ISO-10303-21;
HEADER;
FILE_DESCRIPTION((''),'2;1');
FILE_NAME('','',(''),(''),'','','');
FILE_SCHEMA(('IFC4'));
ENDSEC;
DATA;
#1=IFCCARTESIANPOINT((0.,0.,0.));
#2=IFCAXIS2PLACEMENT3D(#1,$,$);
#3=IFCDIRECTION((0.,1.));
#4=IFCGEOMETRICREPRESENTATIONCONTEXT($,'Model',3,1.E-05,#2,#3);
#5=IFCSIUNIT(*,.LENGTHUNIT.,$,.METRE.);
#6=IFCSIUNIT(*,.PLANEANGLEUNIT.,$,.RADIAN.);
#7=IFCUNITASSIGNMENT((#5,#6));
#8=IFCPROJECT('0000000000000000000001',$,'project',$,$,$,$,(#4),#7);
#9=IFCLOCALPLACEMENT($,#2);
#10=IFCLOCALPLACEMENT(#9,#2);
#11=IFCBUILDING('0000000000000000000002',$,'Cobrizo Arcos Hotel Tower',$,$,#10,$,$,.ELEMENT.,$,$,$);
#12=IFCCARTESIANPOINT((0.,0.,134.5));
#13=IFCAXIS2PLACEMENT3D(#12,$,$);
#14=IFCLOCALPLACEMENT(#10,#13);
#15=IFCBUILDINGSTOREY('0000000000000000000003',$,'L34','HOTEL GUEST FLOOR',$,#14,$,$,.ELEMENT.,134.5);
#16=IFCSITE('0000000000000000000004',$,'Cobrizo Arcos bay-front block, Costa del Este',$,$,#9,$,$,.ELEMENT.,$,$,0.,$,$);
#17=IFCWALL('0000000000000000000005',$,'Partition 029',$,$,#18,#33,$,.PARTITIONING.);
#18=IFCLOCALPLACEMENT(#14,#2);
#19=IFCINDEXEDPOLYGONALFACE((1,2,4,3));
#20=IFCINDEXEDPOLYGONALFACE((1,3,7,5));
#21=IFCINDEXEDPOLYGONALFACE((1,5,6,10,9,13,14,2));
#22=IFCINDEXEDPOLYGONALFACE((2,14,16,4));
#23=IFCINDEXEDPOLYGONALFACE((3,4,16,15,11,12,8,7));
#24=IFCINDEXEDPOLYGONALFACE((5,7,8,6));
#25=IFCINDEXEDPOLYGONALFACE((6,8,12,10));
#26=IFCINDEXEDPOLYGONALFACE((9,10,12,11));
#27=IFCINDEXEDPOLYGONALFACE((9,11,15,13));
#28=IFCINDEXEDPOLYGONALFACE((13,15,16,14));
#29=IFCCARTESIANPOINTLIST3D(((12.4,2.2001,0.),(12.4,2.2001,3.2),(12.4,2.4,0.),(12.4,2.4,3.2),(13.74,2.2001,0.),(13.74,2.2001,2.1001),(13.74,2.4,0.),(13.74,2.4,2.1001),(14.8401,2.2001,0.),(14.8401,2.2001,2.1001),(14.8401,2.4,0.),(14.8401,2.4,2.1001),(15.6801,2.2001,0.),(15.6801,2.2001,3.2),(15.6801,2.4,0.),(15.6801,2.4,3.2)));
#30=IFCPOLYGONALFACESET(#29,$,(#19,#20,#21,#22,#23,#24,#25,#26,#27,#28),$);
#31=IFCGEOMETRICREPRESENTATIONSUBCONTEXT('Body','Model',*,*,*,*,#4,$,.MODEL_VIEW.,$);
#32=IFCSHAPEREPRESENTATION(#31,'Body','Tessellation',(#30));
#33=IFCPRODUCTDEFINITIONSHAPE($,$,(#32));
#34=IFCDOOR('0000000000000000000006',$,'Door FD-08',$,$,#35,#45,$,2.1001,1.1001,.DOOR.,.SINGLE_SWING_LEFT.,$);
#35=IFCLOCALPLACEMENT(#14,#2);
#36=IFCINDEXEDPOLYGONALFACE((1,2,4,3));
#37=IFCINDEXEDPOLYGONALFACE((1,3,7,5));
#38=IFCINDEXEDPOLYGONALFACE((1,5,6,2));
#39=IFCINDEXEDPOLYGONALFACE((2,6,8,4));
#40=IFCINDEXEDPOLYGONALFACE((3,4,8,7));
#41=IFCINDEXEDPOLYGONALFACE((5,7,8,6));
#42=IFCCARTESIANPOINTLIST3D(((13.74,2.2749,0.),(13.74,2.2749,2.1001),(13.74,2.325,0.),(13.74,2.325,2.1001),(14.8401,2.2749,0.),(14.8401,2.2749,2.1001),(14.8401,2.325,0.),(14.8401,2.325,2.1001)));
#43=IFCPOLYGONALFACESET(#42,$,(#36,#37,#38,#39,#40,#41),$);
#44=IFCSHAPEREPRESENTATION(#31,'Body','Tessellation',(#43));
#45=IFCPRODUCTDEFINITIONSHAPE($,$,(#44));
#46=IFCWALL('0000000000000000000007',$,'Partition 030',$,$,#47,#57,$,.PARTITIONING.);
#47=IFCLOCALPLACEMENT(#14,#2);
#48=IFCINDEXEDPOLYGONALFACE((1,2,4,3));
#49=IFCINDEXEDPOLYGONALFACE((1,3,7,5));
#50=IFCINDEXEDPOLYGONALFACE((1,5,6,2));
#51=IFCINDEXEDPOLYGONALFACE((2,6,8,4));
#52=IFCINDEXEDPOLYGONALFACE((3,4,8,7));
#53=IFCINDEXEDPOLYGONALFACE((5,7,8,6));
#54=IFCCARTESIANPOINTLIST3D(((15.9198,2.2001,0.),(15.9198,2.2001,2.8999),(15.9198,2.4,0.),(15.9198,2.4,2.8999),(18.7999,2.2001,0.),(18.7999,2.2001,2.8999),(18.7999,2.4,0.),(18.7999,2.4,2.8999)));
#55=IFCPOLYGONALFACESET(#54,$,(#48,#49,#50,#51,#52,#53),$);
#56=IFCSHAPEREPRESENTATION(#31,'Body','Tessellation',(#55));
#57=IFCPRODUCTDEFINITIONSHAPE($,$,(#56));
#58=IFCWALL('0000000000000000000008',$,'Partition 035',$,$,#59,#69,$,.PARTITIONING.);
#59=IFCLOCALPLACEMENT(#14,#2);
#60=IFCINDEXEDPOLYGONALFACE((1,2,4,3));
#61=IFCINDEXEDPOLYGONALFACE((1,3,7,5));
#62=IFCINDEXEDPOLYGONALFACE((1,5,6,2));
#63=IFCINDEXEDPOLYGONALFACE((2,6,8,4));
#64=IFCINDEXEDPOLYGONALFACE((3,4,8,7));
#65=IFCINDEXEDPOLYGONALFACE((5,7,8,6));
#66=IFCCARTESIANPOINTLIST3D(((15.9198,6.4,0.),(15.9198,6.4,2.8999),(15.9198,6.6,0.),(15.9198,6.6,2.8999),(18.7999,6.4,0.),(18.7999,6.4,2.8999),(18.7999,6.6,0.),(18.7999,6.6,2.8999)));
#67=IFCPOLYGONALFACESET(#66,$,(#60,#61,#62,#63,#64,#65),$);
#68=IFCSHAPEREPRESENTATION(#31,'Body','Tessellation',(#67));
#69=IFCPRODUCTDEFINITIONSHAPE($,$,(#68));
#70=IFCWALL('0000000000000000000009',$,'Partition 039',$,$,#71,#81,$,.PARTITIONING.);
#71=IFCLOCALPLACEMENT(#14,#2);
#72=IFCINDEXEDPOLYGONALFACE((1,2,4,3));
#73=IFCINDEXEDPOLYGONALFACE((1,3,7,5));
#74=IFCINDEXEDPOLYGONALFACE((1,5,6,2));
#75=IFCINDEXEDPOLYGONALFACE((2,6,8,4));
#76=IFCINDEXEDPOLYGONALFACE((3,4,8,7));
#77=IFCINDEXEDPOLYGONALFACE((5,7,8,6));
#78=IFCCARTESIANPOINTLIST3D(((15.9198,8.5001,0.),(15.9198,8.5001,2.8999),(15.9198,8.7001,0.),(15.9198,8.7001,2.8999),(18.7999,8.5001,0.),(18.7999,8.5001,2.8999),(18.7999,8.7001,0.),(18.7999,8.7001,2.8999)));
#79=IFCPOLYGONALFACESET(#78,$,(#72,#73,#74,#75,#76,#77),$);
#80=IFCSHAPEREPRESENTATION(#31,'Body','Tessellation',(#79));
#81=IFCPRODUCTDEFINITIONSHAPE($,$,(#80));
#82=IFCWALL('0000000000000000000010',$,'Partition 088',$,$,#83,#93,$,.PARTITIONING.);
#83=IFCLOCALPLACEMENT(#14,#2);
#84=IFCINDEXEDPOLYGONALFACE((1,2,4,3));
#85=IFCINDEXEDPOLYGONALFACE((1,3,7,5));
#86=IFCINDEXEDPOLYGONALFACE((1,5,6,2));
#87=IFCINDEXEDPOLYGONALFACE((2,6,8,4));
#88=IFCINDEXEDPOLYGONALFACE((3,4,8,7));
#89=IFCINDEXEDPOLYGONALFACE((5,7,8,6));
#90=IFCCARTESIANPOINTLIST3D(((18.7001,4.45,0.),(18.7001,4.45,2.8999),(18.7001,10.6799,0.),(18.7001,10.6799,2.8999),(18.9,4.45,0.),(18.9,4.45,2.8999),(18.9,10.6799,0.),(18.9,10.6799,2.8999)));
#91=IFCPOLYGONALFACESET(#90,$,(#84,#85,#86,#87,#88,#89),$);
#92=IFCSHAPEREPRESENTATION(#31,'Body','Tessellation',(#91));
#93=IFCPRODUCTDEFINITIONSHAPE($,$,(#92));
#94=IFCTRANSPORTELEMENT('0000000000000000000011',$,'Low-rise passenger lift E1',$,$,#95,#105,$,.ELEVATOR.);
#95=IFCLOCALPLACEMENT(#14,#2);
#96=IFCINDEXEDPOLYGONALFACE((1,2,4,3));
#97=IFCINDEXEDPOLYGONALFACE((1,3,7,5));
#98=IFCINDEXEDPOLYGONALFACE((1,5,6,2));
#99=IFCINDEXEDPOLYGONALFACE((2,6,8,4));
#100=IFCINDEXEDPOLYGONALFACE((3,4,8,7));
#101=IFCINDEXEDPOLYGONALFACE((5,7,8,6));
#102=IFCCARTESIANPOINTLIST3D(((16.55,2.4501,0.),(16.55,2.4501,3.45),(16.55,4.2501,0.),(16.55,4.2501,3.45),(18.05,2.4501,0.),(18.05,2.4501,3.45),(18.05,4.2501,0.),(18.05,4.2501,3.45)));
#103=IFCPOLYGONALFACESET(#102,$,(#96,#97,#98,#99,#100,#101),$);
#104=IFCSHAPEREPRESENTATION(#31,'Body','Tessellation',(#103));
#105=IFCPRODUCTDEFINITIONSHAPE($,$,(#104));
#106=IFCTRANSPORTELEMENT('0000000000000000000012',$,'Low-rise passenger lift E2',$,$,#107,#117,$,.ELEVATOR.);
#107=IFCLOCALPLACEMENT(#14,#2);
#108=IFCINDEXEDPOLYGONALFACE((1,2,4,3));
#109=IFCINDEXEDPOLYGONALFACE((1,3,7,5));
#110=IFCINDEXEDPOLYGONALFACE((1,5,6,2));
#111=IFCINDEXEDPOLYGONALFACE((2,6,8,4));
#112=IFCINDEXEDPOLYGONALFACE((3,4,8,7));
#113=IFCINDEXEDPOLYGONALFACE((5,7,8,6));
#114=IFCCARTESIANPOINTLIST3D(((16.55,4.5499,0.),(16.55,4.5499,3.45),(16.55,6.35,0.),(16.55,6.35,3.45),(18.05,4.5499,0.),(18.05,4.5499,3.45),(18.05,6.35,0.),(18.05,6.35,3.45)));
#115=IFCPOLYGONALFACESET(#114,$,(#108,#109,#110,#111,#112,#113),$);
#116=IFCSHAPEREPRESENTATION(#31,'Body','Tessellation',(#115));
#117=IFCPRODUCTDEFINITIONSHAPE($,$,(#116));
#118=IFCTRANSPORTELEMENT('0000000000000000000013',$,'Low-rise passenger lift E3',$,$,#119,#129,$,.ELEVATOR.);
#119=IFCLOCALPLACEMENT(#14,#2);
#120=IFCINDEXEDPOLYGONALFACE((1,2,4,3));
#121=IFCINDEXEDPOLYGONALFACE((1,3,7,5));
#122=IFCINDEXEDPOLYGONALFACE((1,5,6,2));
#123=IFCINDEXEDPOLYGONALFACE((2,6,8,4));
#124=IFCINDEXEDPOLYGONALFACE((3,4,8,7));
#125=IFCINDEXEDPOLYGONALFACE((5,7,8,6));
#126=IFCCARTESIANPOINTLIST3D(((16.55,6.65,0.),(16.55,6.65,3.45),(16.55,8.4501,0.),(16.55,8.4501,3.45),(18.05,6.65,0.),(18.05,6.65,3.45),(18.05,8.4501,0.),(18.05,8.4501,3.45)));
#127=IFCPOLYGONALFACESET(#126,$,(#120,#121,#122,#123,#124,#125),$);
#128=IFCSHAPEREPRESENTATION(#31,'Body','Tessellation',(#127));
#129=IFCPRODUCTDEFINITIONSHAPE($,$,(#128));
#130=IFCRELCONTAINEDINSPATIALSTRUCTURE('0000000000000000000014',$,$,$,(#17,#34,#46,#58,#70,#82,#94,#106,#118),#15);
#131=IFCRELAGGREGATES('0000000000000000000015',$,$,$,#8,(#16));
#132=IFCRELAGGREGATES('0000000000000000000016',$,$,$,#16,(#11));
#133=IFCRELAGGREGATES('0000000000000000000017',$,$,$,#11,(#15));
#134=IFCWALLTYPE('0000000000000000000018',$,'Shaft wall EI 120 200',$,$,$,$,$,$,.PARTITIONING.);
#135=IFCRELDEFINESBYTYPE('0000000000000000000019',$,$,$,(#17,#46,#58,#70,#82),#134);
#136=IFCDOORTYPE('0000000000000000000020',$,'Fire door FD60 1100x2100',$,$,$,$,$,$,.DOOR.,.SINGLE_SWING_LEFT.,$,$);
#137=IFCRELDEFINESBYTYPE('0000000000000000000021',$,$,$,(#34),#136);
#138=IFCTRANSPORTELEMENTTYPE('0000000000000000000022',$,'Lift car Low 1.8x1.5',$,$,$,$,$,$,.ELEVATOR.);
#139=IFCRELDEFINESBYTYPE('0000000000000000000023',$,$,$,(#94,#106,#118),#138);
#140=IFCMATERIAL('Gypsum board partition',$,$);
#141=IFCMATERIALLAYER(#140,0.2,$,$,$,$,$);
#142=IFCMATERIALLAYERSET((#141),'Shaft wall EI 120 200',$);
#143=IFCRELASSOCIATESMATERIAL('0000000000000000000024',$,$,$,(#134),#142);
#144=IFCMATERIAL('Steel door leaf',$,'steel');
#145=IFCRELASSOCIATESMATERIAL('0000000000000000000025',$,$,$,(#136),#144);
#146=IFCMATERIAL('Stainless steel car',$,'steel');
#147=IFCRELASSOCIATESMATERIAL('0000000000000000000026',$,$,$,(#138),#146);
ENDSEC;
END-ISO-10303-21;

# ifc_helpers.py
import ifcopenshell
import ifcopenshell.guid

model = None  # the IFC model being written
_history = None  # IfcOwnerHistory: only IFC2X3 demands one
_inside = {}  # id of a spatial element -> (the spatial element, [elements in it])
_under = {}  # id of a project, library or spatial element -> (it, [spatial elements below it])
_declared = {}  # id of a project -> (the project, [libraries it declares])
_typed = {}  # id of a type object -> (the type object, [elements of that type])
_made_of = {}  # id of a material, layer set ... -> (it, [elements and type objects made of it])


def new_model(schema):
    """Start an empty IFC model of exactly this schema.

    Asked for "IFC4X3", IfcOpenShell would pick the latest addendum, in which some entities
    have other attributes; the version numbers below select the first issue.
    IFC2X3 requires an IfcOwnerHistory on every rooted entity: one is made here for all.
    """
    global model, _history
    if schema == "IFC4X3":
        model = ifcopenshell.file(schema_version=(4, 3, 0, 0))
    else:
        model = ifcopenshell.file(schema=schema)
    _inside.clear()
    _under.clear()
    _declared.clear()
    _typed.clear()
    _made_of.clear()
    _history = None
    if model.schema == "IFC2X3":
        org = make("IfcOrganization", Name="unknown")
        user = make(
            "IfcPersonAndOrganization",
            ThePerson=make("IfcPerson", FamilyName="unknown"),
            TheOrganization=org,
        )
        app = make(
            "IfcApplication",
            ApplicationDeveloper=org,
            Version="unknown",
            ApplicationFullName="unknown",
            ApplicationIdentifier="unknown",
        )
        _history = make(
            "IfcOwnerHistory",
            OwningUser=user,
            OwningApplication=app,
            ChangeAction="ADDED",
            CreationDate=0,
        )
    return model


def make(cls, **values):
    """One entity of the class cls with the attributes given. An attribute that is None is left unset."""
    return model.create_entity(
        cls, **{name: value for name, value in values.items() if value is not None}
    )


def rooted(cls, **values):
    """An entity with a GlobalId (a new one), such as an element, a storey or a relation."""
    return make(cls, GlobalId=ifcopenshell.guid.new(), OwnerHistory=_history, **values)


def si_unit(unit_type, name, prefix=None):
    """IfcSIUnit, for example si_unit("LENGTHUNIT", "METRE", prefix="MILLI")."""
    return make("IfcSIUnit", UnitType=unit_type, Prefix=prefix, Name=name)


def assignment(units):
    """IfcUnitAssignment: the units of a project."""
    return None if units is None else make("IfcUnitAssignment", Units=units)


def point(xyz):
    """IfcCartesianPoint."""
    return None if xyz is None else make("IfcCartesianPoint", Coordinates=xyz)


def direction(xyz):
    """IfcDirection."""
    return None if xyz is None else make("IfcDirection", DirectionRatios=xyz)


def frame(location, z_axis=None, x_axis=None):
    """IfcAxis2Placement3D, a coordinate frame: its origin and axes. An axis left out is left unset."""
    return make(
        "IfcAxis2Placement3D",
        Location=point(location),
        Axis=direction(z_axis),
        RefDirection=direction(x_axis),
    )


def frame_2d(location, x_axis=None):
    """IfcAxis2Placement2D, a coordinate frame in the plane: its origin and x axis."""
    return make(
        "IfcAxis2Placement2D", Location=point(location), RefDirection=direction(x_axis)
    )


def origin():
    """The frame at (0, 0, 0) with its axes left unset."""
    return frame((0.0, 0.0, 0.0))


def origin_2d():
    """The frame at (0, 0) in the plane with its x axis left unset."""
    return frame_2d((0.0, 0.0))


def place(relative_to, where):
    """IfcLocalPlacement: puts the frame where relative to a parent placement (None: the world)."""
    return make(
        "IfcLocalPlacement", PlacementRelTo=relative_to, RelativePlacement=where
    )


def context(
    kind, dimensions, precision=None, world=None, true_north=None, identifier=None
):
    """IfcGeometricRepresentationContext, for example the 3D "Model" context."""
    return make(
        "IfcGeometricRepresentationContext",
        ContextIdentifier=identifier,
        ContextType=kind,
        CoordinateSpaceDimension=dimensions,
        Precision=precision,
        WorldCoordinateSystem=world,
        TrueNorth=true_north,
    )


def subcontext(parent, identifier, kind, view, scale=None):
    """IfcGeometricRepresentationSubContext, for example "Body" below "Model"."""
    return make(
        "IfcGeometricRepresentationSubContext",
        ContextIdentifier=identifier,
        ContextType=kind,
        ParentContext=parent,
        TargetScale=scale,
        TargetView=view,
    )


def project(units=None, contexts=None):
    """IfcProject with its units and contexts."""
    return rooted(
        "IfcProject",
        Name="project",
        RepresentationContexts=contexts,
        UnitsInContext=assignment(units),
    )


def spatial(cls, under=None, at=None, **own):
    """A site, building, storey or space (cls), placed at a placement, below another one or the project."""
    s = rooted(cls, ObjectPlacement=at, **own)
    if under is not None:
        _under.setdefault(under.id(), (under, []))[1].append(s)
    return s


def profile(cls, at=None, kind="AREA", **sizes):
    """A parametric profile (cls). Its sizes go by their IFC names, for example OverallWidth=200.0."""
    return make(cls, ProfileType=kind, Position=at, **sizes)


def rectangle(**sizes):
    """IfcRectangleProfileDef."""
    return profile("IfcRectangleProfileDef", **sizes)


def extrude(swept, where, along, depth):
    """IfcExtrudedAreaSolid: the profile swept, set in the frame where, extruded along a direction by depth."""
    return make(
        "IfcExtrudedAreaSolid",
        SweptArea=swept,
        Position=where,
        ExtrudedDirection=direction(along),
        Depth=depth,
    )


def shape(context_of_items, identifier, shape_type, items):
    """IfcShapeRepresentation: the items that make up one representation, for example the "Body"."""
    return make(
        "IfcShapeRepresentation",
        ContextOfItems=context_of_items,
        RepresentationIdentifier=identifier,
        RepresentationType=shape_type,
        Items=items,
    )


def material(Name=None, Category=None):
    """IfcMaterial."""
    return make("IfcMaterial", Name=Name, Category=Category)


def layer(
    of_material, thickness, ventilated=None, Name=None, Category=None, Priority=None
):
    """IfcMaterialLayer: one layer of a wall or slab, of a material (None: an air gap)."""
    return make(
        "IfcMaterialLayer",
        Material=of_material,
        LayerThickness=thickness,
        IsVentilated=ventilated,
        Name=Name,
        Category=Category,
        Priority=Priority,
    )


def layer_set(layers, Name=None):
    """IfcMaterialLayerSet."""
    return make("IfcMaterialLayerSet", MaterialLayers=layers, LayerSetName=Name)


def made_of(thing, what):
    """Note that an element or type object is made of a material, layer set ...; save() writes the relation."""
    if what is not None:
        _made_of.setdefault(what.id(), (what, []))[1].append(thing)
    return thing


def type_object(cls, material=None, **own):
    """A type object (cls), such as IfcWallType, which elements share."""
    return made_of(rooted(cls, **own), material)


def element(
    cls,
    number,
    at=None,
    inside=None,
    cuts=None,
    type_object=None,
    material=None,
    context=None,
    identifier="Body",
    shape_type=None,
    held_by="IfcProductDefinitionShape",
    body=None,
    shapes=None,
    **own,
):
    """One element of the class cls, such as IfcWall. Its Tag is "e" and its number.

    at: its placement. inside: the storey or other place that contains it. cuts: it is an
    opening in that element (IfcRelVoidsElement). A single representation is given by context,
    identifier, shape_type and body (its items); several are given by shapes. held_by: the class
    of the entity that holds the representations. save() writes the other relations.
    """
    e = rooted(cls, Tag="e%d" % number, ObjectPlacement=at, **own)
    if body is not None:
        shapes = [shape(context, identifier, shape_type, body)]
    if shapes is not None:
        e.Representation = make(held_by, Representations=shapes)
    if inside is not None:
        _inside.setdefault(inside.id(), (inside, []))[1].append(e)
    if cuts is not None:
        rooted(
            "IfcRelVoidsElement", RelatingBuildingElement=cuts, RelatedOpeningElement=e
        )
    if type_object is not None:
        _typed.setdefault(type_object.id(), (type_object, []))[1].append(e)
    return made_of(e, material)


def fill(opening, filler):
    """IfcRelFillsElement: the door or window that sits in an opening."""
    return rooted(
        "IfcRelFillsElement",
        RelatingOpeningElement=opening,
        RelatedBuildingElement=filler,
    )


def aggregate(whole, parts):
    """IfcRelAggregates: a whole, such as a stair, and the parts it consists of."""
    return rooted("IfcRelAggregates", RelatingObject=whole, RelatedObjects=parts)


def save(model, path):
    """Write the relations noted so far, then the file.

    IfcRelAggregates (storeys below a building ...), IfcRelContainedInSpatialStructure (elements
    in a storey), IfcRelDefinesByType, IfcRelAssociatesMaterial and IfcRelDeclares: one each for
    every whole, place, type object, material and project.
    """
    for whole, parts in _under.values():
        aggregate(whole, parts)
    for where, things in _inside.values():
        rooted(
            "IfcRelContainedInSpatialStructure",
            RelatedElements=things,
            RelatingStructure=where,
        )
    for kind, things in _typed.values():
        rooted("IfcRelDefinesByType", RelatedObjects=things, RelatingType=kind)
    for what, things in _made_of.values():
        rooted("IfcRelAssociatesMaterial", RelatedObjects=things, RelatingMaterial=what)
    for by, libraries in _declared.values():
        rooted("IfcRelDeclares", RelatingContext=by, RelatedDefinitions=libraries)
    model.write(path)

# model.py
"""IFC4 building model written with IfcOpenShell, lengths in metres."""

from ifc_helpers import new_model, si_unit, direction, frame, frame_2d, origin, origin_2d, place, context, subcontext, project, spatial, rectangle, extrude, material, layer, layer_set, type_object, element, fill, save


model = new_model("IFC4")

# Units and contexts
model_context = context("Model", 3, precision=1e-05, world=origin(), true_north=direction((0.0, 1.0)))
body_context = subcontext(model_context, "Body", "Model", "MODEL_VIEW")
ifc_project = project(units=[si_unit("LENGTHUNIT", "METRE"), si_unit("PLANEANGLEUNIT", "RADIAN")], contexts=[model_context])

# Site, building, storey
site_placement = place(None, origin())
site = spatial("IfcSite", under=ifc_project, at=site_placement, Name="Cobrizo Arcos bay-front block, Costa del Este", CompositionType="ELEMENT", RefElevation=0.0)
building_placement = place(site_placement, origin())
building = spatial("IfcBuilding", under=site, at=building_placement, Name="Cobrizo Arcos Hotel Tower", CompositionType="ELEMENT")
storey_placement = place(building_placement, frame((0.0, 0.0, 134.5)))
storey = spatial("IfcBuildingStorey", under=building, at=storey_placement, Name="L34", Description="HOTEL GUEST FLOOR", CompositionType="ELEMENT", Elevation=134.5)

# Shared definitions
ifc_material_1 = material(Name="Gypsum board partition")

# Shared definitions
ifc_layer_1 = layer(ifc_material_1, 0.2)
ifc_layer_set_1 = layer_set([ifc_layer_1], Name="Shaft wall EI 120 200")
wall_type_1 = type_object("IfcWallType", Name="Shaft wall EI 120 200", PredefinedType="PARTITIONING", material=ifc_layer_set_1)

# Wall, opening, door
wall_1_placement = place(storey_placement, frame((12.3999, 2.3, 0.0), z_axis=(0.0, 0.0, 1.0), x_axis=(1.0, 0.0, 0.0)))
wall_1 = element("IfcWall", 1, at=wall_1_placement, inside=storey, type_object=wall_type_1, Name="Partition 029", PredefinedType="PARTITIONING", context=body_context, shape_type="SweptSolid", body=[
    extrude(rectangle(XDim=3.28, YDim=0.2, at=frame_2d((1.6401, 0.0))), origin(), (0.0, 0.0, 1.0), 3.2),
])
opening_1_placement = place(wall_1_placement, frame((1.3401, 0.0, 0.0)))
opening_1 = element("IfcOpeningElement", 2, at=opening_1_placement, cuts=wall_1, PredefinedType="OPENING", context=body_context, shape_type="SweptSolid", body=[
    extrude(rectangle(XDim=1.1001, YDim=2.1001, at=frame_2d((0.55, 1.05))), frame((0.0, 0.1121, 0.0), z_axis=(0.0, -1.0, 0.0), x_axis=(1.0, 0.0, 0.0)), (0.0, 0.0, 1.0), 0.2239),
])
ifc_material_2 = material(Name="Steel door leaf", Category="steel")
door_type_1 = type_object("IfcDoorType", Name="Fire door FD60 1100x2100", OperationType="SINGLE_SWING_LEFT", PredefinedType="DOOR", material=ifc_material_2)
door_1_placement = place(opening_1_placement, origin())
door_1 = element("IfcDoor", 3, at=door_1_placement, inside=storey, type_object=door_type_1, Name="Door FD-08", OperationType="SINGLE_SWING_LEFT", OverallHeight=2.1001, OverallWidth=1.1001, PredefinedType="DOOR", context=body_context, shape_type="SweptSolid", body=[
    extrude(rectangle(XDim=1.1001, YDim=2.1001, at=frame_2d((0.55, 1.05))), frame((0.0, 0.0249, 0.0), z_axis=(0.0, -1.0, 0.0), x_axis=(1.0, 0.0, 0.0)), (0.0, 0.0, 1.0), 0.05),
])
fill(opening_1, door_1)

# Walls
for number, where, z_axis, x_axis, name in (
    (4, (15.9199, 2.3, 0.0), (0.0, 0.0, 1.0), (1.0, 0.0, 0.0), "Partition 030"),
    (5, (15.9199, 6.5, 0.0), (0.0, 0.0, 1.0), (1.0, 0.0, 0.0), "Partition 035"),
    (6, (15.9199, 8.6001, 0.0), (0.0, 0.0, 1.0), (1.0, 0.0, 0.0), "Partition 039"),
):
    element("IfcWall", number, at=place(storey_placement, frame(where, z_axis=z_axis, x_axis=x_axis)), inside=storey, type_object=wall_type_1, Name=name, PredefinedType="PARTITIONING", context=body_context, shape_type="SweptSolid", body=[
        extrude(rectangle(XDim=2.8801, YDim=0.2, at=frame_2d((1.4399, 0.0))), origin(), (0.0, 0.0, 1.0), 2.8999),
    ])
wall_2_placement = place(storey_placement, frame((18.8, 4.45, 0.0), z_axis=(0.0, 0.0, 1.0), x_axis=(0.0, 1.0, 0.0)))
element("IfcWall", 7, at=wall_2_placement, inside=storey, type_object=wall_type_1, Name="Partition 088", PredefinedType="PARTITIONING", context=body_context, shape_type="SweptSolid", body=[
    extrude(rectangle(XDim=6.23, YDim=0.2, at=frame_2d((3.115, 0.0))), origin(), (0.0, 0.0, 1.0), 2.8999),
])

# Transport elements
ifc_material_3 = material(Name="Stainless steel car", Category="steel")
transport_element_type = type_object("IfcTransportElementType", Name="Lift car Low 1.8x1.5", PredefinedType="ELEVATOR", material=ifc_material_3)
for number, where, z_axis, x_axis, name in (
    (8, (17.3, 3.3501, 0.0), (0.0, 0.0, 1.0), (1.0, 0.0, 0.0), "Low-rise passenger lift E1"),
    (9, (17.3, 5.45, 0.0), (0.0, 0.0, 1.0), (1.0, 0.0, 0.0), "Low-rise passenger lift E2"),
    (10, (17.3, 7.55, 0.0), (0.0, 0.0, 1.0), (1.0, 0.0, 0.0), "Low-rise passenger lift E3"),
):
    element("IfcTransportElement", number, at=place(storey_placement, frame(where, z_axis=z_axis, x_axis=x_axis)), inside=storey, type_object=transport_element_type, Name=name, PredefinedType="ELEVATOR", context=body_context, shape_type="SweptSolid", body=[
        extrude(rectangle(XDim=1.5, YDim=1.8, at=origin_2d()), origin(), (0.0, 0.0, 1.0), 3.45),
    ])

save(model, "model.ifc")
